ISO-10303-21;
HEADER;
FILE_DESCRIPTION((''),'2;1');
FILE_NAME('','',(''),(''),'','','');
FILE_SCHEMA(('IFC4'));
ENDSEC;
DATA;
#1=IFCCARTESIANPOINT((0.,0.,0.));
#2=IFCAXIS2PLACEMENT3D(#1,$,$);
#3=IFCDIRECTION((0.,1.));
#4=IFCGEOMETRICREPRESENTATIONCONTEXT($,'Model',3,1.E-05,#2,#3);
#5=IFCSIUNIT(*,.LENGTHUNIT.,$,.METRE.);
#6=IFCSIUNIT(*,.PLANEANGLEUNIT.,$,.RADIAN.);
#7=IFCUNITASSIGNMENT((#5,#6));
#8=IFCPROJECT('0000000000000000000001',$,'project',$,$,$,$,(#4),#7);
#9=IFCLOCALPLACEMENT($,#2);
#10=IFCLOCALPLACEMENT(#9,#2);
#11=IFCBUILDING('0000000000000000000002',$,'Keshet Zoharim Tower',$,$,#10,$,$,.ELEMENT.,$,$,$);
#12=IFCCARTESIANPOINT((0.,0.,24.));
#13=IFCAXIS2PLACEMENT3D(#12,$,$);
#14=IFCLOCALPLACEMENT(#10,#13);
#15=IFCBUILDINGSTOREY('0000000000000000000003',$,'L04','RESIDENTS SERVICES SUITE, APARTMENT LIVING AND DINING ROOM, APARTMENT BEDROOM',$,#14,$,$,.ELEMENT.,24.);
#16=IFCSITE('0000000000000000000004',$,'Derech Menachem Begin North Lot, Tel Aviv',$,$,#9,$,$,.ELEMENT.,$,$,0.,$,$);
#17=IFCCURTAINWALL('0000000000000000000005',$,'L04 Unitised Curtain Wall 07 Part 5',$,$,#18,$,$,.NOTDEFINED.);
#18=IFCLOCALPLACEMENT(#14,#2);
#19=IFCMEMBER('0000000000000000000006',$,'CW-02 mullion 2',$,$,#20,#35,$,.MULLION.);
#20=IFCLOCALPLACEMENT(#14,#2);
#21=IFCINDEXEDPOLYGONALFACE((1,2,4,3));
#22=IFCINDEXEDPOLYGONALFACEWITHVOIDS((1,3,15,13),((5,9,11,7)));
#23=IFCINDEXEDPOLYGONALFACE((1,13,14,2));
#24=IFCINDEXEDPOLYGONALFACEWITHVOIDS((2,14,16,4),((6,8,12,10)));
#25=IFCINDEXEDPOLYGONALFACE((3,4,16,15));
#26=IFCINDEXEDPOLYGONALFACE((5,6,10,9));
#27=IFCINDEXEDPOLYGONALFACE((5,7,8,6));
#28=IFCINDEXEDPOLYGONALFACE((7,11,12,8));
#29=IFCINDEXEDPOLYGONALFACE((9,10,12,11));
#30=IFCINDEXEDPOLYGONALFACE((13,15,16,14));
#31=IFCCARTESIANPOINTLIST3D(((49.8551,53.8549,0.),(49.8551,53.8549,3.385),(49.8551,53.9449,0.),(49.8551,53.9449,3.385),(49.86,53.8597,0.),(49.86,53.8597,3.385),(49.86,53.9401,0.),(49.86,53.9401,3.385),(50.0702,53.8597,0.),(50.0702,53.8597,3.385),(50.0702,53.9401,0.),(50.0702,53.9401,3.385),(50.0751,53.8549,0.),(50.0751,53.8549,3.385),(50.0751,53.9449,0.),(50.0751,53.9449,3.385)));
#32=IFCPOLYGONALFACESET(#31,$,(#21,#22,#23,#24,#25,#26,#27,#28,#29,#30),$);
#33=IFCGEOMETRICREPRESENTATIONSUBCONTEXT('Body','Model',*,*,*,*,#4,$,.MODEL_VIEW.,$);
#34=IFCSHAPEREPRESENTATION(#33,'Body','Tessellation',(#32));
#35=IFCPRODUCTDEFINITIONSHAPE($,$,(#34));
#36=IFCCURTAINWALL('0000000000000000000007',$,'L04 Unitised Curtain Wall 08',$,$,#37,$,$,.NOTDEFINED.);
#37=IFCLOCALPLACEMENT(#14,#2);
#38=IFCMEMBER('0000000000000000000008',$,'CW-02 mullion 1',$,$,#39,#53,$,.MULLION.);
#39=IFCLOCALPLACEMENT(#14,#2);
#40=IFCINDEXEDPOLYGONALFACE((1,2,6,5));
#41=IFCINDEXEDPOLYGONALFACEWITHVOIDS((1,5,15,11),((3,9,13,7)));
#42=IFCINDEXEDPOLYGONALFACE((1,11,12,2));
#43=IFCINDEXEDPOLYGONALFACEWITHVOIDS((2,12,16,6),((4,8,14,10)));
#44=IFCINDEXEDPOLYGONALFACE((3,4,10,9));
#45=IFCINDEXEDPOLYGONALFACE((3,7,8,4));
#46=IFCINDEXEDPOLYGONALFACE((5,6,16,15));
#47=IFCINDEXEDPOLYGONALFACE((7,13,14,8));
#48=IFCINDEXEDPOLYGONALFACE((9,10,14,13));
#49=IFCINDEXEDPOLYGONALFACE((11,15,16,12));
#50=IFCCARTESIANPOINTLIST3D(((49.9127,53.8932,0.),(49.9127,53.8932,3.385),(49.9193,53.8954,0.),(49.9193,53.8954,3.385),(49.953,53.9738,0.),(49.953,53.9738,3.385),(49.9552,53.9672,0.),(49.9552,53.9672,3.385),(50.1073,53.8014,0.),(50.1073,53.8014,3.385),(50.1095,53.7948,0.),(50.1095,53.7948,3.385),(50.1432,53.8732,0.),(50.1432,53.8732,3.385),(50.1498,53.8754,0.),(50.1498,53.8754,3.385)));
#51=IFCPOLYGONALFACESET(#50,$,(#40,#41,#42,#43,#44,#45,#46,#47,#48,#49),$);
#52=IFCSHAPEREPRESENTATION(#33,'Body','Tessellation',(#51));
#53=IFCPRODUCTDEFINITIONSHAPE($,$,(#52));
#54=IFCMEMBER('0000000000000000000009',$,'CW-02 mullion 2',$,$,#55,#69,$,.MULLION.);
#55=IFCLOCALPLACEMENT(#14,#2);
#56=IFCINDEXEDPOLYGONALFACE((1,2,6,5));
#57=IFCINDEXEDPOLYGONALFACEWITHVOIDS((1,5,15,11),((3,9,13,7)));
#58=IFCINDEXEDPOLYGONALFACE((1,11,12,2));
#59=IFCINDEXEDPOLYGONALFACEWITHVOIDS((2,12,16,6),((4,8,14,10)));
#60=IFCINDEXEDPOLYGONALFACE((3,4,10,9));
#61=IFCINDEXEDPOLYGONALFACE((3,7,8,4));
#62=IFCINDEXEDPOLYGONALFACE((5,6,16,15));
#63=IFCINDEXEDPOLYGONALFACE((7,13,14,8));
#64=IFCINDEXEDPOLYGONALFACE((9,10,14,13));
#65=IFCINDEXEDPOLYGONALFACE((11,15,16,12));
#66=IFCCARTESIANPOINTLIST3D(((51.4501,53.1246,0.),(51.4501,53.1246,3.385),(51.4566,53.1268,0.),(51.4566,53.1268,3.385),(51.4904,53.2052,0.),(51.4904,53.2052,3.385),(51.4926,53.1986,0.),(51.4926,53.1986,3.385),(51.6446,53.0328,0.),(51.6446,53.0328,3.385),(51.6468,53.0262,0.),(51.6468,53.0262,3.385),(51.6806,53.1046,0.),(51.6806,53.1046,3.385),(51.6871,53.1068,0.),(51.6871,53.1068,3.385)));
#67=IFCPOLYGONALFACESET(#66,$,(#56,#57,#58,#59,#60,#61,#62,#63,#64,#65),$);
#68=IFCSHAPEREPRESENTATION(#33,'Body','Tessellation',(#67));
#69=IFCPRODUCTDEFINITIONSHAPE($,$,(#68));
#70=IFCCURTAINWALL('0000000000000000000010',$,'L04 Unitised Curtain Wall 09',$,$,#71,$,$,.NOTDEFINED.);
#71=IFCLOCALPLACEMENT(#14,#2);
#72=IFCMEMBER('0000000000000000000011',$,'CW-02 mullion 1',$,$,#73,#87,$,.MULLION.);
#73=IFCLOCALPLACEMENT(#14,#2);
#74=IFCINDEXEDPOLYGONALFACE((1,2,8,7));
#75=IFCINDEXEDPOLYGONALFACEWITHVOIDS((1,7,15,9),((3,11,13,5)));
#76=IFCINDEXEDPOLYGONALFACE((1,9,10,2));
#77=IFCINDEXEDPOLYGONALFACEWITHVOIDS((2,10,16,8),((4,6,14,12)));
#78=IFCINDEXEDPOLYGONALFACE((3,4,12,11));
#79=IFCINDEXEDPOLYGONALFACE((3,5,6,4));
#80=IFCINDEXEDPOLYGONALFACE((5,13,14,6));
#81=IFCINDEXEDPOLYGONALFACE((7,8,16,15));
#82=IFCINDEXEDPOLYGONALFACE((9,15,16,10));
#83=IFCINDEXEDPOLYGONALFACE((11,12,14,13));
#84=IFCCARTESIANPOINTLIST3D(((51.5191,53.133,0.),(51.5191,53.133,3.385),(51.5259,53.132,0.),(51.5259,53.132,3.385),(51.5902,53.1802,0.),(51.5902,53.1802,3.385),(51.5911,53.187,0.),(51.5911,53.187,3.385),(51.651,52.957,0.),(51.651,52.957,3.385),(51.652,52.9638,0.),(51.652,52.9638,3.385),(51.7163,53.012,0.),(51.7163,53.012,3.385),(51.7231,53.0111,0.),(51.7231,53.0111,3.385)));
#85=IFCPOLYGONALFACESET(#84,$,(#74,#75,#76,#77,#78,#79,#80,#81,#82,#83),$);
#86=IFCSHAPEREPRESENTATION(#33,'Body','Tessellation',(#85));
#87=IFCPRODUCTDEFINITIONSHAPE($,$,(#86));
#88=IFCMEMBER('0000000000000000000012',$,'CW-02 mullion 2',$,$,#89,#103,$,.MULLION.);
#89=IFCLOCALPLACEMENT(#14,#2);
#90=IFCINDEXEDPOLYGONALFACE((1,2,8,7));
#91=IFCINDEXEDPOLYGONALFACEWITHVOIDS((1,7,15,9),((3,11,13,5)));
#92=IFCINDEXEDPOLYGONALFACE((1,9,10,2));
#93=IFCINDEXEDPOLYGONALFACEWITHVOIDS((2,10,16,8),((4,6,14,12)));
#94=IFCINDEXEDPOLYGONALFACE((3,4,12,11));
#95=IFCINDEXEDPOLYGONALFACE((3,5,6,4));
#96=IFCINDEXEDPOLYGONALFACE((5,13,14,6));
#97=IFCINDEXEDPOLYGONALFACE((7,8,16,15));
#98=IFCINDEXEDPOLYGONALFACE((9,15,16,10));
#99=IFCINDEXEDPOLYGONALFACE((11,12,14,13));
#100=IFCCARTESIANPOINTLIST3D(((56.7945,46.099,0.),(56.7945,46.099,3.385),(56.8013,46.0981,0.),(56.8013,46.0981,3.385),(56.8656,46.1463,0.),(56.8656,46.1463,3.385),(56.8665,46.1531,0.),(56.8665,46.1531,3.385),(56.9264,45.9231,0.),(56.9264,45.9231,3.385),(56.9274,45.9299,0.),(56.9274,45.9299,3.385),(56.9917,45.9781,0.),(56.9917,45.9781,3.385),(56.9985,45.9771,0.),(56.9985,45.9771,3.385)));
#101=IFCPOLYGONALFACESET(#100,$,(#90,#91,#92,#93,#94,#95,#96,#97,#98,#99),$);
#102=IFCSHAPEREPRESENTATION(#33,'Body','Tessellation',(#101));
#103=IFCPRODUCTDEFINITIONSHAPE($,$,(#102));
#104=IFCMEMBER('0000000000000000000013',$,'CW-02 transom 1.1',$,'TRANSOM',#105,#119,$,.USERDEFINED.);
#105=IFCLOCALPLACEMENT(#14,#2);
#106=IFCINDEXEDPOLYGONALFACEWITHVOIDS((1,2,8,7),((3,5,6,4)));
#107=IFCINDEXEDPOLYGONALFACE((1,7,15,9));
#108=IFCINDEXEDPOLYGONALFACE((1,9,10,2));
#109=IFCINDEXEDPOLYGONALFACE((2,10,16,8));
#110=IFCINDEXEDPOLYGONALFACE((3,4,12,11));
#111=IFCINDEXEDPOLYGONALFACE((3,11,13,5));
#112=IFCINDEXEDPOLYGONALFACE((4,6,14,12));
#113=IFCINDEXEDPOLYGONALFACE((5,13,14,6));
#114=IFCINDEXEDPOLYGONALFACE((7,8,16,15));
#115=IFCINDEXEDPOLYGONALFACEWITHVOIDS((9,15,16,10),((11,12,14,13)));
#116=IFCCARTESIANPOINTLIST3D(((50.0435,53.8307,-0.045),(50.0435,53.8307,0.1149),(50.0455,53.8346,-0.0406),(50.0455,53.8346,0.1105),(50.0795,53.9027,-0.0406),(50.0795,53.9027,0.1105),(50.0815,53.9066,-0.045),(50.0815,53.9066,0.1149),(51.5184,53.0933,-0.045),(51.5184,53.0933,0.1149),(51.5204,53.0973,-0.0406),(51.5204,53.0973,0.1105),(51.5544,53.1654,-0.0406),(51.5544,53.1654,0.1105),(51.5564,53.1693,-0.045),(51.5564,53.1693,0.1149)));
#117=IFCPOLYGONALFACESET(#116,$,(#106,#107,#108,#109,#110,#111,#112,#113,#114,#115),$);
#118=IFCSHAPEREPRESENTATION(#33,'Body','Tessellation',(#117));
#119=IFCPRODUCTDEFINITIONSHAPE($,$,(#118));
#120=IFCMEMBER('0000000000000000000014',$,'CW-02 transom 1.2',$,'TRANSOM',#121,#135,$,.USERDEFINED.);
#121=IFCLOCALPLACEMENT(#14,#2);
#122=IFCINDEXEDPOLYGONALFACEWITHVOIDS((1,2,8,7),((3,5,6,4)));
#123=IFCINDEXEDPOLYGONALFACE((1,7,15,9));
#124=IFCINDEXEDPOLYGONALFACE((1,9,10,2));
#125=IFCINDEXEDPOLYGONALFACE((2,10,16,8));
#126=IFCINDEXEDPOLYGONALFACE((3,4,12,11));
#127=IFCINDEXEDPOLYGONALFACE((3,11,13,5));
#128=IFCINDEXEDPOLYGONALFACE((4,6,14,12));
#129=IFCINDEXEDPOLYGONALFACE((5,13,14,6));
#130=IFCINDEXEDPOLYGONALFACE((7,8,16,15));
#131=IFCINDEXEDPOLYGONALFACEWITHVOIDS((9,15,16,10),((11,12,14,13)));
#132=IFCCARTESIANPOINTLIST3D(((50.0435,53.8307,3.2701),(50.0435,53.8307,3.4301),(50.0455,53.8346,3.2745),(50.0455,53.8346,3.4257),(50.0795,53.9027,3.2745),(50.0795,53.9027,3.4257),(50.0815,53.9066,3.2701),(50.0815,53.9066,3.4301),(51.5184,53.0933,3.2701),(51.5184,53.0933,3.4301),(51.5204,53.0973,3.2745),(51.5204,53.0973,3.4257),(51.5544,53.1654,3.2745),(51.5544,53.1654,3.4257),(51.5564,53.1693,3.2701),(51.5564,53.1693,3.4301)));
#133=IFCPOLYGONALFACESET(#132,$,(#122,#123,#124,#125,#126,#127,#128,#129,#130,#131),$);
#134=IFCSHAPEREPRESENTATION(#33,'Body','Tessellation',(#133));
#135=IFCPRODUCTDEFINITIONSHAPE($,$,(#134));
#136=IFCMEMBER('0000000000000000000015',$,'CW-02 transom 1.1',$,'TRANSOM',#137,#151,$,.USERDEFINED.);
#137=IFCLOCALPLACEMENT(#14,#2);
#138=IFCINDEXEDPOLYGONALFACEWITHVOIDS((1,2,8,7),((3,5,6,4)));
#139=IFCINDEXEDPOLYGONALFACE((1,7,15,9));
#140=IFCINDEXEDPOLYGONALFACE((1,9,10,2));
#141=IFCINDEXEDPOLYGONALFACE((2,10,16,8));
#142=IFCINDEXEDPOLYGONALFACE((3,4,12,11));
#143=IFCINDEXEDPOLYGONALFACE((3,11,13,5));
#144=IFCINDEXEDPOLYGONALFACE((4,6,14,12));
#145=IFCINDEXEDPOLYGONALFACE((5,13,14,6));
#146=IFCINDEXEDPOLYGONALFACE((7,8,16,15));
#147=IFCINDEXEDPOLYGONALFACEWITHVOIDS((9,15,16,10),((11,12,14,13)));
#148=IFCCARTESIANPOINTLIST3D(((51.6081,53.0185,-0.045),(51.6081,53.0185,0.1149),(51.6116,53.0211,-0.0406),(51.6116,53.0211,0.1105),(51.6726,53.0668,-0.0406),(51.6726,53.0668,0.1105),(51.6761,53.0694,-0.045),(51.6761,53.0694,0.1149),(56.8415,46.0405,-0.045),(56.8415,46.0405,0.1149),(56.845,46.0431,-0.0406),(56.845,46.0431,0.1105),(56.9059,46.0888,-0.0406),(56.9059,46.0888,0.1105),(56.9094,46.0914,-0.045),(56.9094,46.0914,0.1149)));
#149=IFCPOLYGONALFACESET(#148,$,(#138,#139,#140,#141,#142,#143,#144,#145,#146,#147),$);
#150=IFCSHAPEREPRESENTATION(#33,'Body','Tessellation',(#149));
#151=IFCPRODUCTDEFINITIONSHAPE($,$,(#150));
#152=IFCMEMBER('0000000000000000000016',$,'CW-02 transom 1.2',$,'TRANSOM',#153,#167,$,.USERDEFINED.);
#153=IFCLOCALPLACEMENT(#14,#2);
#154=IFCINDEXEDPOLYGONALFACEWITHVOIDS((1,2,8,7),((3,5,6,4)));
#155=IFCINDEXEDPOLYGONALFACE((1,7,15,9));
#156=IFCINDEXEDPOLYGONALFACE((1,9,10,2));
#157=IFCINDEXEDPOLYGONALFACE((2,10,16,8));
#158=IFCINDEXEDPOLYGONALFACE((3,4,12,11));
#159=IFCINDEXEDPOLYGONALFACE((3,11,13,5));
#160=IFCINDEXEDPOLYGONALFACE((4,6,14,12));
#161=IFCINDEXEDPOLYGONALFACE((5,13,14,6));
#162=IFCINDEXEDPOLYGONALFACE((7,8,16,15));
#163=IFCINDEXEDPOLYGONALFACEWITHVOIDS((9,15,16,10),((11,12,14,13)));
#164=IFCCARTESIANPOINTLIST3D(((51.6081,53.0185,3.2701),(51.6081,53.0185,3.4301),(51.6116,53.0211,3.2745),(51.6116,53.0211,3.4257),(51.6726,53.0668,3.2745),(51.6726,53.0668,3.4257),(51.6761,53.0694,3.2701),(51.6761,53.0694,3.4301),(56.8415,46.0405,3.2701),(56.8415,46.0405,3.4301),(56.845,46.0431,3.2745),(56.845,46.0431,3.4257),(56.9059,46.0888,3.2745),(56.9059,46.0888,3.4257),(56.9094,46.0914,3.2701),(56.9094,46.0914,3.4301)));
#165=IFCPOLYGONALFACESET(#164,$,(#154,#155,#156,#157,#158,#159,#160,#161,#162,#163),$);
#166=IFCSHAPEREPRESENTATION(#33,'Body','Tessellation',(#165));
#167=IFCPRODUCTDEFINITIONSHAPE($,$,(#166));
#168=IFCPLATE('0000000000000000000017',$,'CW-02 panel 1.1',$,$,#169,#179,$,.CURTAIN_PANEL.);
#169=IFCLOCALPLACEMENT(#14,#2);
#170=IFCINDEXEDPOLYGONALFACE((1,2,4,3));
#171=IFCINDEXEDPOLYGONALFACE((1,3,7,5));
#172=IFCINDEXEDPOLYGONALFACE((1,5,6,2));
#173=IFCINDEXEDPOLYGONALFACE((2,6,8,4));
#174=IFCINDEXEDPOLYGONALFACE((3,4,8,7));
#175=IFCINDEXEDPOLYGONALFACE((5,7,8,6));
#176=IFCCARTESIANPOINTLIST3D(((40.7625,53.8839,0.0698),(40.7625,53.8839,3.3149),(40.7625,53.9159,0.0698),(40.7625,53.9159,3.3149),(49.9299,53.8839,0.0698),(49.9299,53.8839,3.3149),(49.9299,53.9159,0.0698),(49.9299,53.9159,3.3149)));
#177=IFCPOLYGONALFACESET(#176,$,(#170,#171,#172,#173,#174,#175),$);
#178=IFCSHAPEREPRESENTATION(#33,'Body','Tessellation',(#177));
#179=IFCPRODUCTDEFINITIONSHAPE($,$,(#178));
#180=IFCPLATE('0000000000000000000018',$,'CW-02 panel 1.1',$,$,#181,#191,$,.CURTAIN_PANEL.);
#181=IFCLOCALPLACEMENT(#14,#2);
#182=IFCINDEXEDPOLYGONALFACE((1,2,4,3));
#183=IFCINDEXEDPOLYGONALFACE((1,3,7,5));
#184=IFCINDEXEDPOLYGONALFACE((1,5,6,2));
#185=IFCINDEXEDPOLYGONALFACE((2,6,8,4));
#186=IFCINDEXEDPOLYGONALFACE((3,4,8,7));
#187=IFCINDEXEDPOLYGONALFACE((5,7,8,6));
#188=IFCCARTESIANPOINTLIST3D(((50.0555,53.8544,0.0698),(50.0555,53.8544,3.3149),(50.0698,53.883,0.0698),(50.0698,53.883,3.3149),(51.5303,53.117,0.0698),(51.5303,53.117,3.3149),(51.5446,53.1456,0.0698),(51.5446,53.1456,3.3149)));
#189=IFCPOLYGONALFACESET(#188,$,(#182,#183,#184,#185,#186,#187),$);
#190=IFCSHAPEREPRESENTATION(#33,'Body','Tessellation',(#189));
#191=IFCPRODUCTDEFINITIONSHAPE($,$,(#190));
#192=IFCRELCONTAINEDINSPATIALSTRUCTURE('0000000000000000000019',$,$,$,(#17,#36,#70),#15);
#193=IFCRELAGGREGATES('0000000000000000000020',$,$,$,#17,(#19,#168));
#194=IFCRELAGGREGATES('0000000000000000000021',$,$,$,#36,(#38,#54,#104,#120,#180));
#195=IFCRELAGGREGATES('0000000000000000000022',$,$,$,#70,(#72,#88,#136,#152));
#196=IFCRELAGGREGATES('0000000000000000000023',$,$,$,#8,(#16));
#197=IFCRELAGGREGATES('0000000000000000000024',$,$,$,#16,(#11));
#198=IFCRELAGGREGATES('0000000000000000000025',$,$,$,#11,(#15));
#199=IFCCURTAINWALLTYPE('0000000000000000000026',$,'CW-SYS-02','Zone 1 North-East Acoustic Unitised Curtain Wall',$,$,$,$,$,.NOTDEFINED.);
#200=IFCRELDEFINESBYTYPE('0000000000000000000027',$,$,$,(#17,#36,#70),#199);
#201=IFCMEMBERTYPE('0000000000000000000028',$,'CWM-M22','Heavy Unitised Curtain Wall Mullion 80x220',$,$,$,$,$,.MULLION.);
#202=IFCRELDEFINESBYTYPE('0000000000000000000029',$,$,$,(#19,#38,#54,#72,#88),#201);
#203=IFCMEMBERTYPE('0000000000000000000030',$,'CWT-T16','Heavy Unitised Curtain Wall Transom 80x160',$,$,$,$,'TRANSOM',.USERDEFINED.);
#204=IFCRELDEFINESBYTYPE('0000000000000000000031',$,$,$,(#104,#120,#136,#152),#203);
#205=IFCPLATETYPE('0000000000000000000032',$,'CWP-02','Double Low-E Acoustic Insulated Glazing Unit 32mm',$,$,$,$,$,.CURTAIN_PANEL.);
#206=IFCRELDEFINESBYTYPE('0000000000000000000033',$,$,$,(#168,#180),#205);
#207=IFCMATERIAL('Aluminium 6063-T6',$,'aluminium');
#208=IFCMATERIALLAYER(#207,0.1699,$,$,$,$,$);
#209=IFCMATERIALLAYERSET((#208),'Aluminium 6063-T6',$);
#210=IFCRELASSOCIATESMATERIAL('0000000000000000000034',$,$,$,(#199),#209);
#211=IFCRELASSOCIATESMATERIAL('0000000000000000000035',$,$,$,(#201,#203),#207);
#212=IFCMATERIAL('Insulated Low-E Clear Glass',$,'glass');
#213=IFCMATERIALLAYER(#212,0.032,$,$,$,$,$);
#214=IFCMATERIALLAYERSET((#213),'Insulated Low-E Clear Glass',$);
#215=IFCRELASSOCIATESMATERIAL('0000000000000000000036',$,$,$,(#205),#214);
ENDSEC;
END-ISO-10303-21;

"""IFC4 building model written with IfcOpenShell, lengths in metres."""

from ifc_helpers import new_model, si_unit, direction, frame, origin, origin_2d, place, context, subcontext, project, spatial, rectangle, hollow_rectangle, extrude, material, layer, layer_set, material_profile, profile_set, type_object, element, aggregate, save


model = new_model("IFC4")

# Units and contexts
model_context = context("Model", 3, precision=1e-05, world=origin(), true_north=direction((0.0, 1.0)))
body_context = subcontext(model_context, "Body", "Model", "MODEL_VIEW")
ifc_project = project(units=[si_unit("LENGTHUNIT", "METRE"), si_unit("PLANEANGLEUNIT", "RADIAN")], contexts=[model_context])

# Site, building, storey
site_placement = place(None, origin())
site = spatial("IfcSite", under=ifc_project, at=site_placement, Name="Derech Menachem Begin North Lot, Tel Aviv", CompositionType="ELEMENT", RefElevation=0.0)
building_placement = place(site_placement, origin())
building = spatial("IfcBuilding", under=site, at=building_placement, Name="Keshet Zoharim Tower", CompositionType="ELEMENT")
storey_placement = place(building_placement, frame((0.0, 0.0, 24.0)))
storey = spatial("IfcBuildingStorey", under=building, at=storey_placement, Name="L04", Description="RESIDENTS SERVICES SUITE, APARTMENT LIVING AND DINING ROOM, APARTMENT BEDROOM", CompositionType="ELEMENT", Elevation=24.0)

# Curtain wall, member
ifc_material_1 = material(Name="Aluminium 6063-T6", Category="aluminium")
ifc_layer_1 = layer(ifc_material_1, 0.1699)
ifc_layer_set_1 = layer_set([ifc_layer_1], Name="Aluminium 6063-T6")
curtain_wall_type = type_object("IfcCurtainWallType", Name="CW-SYS-02", Description="Zone 1 North-East Acoustic Unitised Curtain Wall", PredefinedType="NOTDEFINED", material=ifc_layer_set_1)
curtain_wall_1_placement = place(storey_placement, origin())
curtain_wall_1 = element("IfcCurtainWall", 1, at=curtain_wall_1_placement, inside=storey, type_object=curtain_wall_type, Name="L04 Unitised Curtain Wall 07 Part 5", PredefinedType="NOTDEFINED")
ifc_material_profile_1 = material_profile(ifc_material_1, hollow_rectangle(XDim=0.0901, YDim=0.22, WallThickness=0.0049, at=origin_2d()), Name="MUL-90x220")
ifc_profile_set_1 = profile_set([ifc_material_profile_1], Name="Aluminium 6063-T6")
member_type_1 = type_object("IfcMemberType", Name="CWM-M22", Description="Heavy Unitised Curtain Wall Mullion 80x220", PredefinedType="MULLION", material=ifc_profile_set_1)
member_1_placement = place(storey_placement, frame((49.9651, 53.8999, 0.0), z_axis=(0.0, 0.0, 1.0), x_axis=(0.0, 1.0, 0.0)))
member_1 = element("IfcMember", 2, at=member_1_placement, type_object=member_type_1, Name="CW-02 mullion 2", PredefinedType="MULLION", context=body_context, shape_type="SweptSolid", body=[
    extrude(hollow_rectangle(XDim=0.0901, YDim=0.22, WallThickness=0.0049, at=origin_2d()), origin(), (0.0, 0.0, 1.0), 3.385),
])

# Curtain walls, members
curtain_wall_2_placement = place(storey_placement, origin())
curtain_wall_2 = element("IfcCurtainWall", 3, at=curtain_wall_2_placement, inside=storey, type_object=curtain_wall_type, Name="L04 Unitised Curtain Wall 08", PredefinedType="NOTDEFINED")
member_2_placement = place(storey_placement, frame((50.0312, 53.8843, 0.0), z_axis=(0.0, 0.0, 1.0), x_axis=(0.447214, 0.894427, 0.0)))
member_2 = element("IfcMember", 4, at=member_2_placement, type_object=member_type_1, Name="CW-02 mullion 1", PredefinedType="MULLION", context=body_context, shape_type="SweptSolid", body=[
    extrude(hollow_rectangle(XDim=0.0901, YDim=0.22, WallThickness=0.0049, at=origin_2d()), origin(), (0.0, 0.0, 1.0), 3.385),
])
member_3_placement = place(storey_placement, frame((51.5686, 53.1157, 0.0), z_axis=(0.0, 0.0, 1.0), x_axis=(0.447214, 0.894427, 0.0)))
member_3 = element("IfcMember", 5, at=member_3_placement, type_object=member_type_1, Name="CW-02 mullion 2", PredefinedType="MULLION", context=body_context, shape_type="SweptSolid", body=[
    extrude(hollow_rectangle(XDim=0.0901, YDim=0.22, WallThickness=0.0049, at=origin_2d()), origin(), (0.0, 0.0, 1.0), 3.385),
])
curtain_wall_3_placement = place(storey_placement, origin())
curtain_wall_3 = element("IfcCurtainWall", 6, at=curtain_wall_3_placement, inside=storey, type_object=curtain_wall_type, Name="L04 Unitised Curtain Wall 09", PredefinedType="NOTDEFINED")
member_4_placement = place(storey_placement, frame((51.6211, 53.072, 0.0), z_axis=(0.0, 0.0, 1.0), x_axis=(0.8, 0.6, 0.0)))
member_4 = element("IfcMember", 7, at=member_4_placement, type_object=member_type_1, Name="CW-02 mullion 1", PredefinedType="MULLION", context=body_context, shape_type="SweptSolid", body=[
    extrude(hollow_rectangle(XDim=0.0901, YDim=0.22, WallThickness=0.0049, at=origin_2d()), origin(), (0.0, 0.0, 1.0), 3.385),
])
member_5_placement = place(storey_placement, frame((56.8965, 46.0381, 0.0), z_axis=(0.0, 0.0, 1.0), x_axis=(0.8, 0.6, 0.0)))
member_5 = element("IfcMember", 8, at=member_5_placement, type_object=member_type_1, Name="CW-02 mullion 2", PredefinedType="MULLION", context=body_context, shape_type="SweptSolid", body=[
    extrude(hollow_rectangle(XDim=0.0901, YDim=0.22, WallThickness=0.0049, at=origin_2d()), origin(), (0.0, 0.0, 1.0), 3.385),
])

# Members
ifc_material_profile_2 = material_profile(ifc_material_1, hollow_rectangle(XDim=0.085, YDim=0.1599, WallThickness=0.0044, at=origin_2d()), Name="TRN-85x160")
ifc_profile_set_2 = profile_set([ifc_material_profile_2], Name="Aluminium 6063-T6")
member_type_2 = type_object("IfcMemberType", Name="CWT-T16", Description="Heavy Unitised Curtain Wall Transom 80x160", ElementType="TRANSOM", PredefinedType="USERDEFINED", material=ifc_profile_set_2)
member_6_placement = place(storey_placement, frame((50.0625, 53.8687, 0.0349), z_axis=(0.894457, -0.447154, 0.0), x_axis=(0.447154, 0.894457, 0.0)))
member_6 = element("IfcMember", 9, at=member_6_placement, type_object=member_type_2, Name="CW-02 transom 1.1", ObjectType="TRANSOM", PredefinedType="USERDEFINED", context=body_context, shape_type="SweptSolid", body=[
    extrude(hollow_rectangle(XDim=0.085, YDim=0.1599, WallThickness=0.0044, at=origin_2d()), origin(), (0.0, 0.0, 1.0), 1.6489),
])
member_7_placement = place(storey_placement, frame((50.0625, 53.8687, 3.3501), z_axis=(0.894457, -0.447154, 0.0), x_axis=(0.447154, 0.894457, 0.0)))
member_7 = element("IfcMember", 10, at=member_7_placement, type_object=member_type_2, Name="CW-02 transom 1.2", ObjectType="TRANSOM", PredefinedType="USERDEFINED", context=body_context, shape_type="SweptSolid", body=[
    extrude(hollow_rectangle(XDim=0.085, YDim=0.1599, WallThickness=0.0044, at=origin_2d()), origin(), (0.0, 0.0, 1.0), 1.6489),
])
member_8_placement = place(storey_placement, frame((51.6421, 53.0439, 0.0349), z_axis=(0.599991, -0.800007, 0.0), x_axis=(0.800007, 0.599991, 0.0)))
member_8 = element("IfcMember", 11, at=member_8_placement, type_object=member_type_2, Name="CW-02 transom 1.1", ObjectType="TRANSOM", PredefinedType="USERDEFINED", context=body_context, shape_type="SweptSolid", body=[
    extrude(hollow_rectangle(XDim=0.085, YDim=0.1599, WallThickness=0.0044, at=origin_2d()), origin(), (0.0, 0.0, 1.0), 8.7224),
])
member_9_placement = place(storey_placement, frame((51.6421, 53.0439, 3.3501), z_axis=(0.599991, -0.800007, 0.0), x_axis=(0.800007, 0.599991, 0.0)))
member_9 = element("IfcMember", 12, at=member_9_placement, type_object=member_type_2, Name="CW-02 transom 1.2", ObjectType="TRANSOM", PredefinedType="USERDEFINED", context=body_context, shape_type="SweptSolid", body=[
    extrude(hollow_rectangle(XDim=0.085, YDim=0.1599, WallThickness=0.0044, at=origin_2d()), origin(), (0.0, 0.0, 1.0), 8.7224),
])

# Plates
ifc_material_2 = material(Name="Insulated Low-E Clear Glass", Category="glass")
ifc_layer_2 = layer(ifc_material_2, 0.032)
ifc_layer_set_2 = layer_set([ifc_layer_2], Name="Insulated Low-E Clear Glass")
plate_type = type_object("IfcPlateType", Name="CWP-02", Description="Double Low-E Acoustic Insulated Glazing Unit 32mm", PredefinedType="CURTAIN_PANEL", material=ifc_layer_set_2)
plate_1_placement = place(storey_placement, frame((45.3462, 53.8999, 0.0698), z_axis=(0.0, 0.0, 1.0), x_axis=(1.0, 0.0, 0.0)))
plate_1 = element("IfcPlate", 13, at=plate_1_placement, type_object=plate_type, Name="CW-02 panel 1.1", PredefinedType="CURTAIN_PANEL", context=body_context, shape_type="SweptSolid", body=[
    extrude(rectangle(XDim=9.1675, YDim=0.032, at=origin_2d()), origin(), (0.0, 0.0, 1.0), 3.2451),
])
aggregate(curtain_wall_1, [member_1, plate_1])
plate_2_placement = place(storey_placement, frame((50.8, 53.5, 0.0698), z_axis=(0.0, 0.0, 1.0), x_axis=(0.894427, -0.447214, 0.0)))
plate_2 = element("IfcPlate", 14, at=plate_2_placement, type_object=plate_type, Name="CW-02 panel 1.1", PredefinedType="CURTAIN_PANEL", context=body_context, shape_type="SweptSolid", body=[
    extrude(rectangle(XDim=1.6489, YDim=0.032, at=origin_2d()), origin(), (0.0, 0.0, 1.0), 3.2451),
])
aggregate(curtain_wall_2, [member_2, member_3, member_6, member_7, plate_2])
aggregate(curtain_wall_3, [member_4, member_5, member_8, member_9])

save(model, "model.ifc")
